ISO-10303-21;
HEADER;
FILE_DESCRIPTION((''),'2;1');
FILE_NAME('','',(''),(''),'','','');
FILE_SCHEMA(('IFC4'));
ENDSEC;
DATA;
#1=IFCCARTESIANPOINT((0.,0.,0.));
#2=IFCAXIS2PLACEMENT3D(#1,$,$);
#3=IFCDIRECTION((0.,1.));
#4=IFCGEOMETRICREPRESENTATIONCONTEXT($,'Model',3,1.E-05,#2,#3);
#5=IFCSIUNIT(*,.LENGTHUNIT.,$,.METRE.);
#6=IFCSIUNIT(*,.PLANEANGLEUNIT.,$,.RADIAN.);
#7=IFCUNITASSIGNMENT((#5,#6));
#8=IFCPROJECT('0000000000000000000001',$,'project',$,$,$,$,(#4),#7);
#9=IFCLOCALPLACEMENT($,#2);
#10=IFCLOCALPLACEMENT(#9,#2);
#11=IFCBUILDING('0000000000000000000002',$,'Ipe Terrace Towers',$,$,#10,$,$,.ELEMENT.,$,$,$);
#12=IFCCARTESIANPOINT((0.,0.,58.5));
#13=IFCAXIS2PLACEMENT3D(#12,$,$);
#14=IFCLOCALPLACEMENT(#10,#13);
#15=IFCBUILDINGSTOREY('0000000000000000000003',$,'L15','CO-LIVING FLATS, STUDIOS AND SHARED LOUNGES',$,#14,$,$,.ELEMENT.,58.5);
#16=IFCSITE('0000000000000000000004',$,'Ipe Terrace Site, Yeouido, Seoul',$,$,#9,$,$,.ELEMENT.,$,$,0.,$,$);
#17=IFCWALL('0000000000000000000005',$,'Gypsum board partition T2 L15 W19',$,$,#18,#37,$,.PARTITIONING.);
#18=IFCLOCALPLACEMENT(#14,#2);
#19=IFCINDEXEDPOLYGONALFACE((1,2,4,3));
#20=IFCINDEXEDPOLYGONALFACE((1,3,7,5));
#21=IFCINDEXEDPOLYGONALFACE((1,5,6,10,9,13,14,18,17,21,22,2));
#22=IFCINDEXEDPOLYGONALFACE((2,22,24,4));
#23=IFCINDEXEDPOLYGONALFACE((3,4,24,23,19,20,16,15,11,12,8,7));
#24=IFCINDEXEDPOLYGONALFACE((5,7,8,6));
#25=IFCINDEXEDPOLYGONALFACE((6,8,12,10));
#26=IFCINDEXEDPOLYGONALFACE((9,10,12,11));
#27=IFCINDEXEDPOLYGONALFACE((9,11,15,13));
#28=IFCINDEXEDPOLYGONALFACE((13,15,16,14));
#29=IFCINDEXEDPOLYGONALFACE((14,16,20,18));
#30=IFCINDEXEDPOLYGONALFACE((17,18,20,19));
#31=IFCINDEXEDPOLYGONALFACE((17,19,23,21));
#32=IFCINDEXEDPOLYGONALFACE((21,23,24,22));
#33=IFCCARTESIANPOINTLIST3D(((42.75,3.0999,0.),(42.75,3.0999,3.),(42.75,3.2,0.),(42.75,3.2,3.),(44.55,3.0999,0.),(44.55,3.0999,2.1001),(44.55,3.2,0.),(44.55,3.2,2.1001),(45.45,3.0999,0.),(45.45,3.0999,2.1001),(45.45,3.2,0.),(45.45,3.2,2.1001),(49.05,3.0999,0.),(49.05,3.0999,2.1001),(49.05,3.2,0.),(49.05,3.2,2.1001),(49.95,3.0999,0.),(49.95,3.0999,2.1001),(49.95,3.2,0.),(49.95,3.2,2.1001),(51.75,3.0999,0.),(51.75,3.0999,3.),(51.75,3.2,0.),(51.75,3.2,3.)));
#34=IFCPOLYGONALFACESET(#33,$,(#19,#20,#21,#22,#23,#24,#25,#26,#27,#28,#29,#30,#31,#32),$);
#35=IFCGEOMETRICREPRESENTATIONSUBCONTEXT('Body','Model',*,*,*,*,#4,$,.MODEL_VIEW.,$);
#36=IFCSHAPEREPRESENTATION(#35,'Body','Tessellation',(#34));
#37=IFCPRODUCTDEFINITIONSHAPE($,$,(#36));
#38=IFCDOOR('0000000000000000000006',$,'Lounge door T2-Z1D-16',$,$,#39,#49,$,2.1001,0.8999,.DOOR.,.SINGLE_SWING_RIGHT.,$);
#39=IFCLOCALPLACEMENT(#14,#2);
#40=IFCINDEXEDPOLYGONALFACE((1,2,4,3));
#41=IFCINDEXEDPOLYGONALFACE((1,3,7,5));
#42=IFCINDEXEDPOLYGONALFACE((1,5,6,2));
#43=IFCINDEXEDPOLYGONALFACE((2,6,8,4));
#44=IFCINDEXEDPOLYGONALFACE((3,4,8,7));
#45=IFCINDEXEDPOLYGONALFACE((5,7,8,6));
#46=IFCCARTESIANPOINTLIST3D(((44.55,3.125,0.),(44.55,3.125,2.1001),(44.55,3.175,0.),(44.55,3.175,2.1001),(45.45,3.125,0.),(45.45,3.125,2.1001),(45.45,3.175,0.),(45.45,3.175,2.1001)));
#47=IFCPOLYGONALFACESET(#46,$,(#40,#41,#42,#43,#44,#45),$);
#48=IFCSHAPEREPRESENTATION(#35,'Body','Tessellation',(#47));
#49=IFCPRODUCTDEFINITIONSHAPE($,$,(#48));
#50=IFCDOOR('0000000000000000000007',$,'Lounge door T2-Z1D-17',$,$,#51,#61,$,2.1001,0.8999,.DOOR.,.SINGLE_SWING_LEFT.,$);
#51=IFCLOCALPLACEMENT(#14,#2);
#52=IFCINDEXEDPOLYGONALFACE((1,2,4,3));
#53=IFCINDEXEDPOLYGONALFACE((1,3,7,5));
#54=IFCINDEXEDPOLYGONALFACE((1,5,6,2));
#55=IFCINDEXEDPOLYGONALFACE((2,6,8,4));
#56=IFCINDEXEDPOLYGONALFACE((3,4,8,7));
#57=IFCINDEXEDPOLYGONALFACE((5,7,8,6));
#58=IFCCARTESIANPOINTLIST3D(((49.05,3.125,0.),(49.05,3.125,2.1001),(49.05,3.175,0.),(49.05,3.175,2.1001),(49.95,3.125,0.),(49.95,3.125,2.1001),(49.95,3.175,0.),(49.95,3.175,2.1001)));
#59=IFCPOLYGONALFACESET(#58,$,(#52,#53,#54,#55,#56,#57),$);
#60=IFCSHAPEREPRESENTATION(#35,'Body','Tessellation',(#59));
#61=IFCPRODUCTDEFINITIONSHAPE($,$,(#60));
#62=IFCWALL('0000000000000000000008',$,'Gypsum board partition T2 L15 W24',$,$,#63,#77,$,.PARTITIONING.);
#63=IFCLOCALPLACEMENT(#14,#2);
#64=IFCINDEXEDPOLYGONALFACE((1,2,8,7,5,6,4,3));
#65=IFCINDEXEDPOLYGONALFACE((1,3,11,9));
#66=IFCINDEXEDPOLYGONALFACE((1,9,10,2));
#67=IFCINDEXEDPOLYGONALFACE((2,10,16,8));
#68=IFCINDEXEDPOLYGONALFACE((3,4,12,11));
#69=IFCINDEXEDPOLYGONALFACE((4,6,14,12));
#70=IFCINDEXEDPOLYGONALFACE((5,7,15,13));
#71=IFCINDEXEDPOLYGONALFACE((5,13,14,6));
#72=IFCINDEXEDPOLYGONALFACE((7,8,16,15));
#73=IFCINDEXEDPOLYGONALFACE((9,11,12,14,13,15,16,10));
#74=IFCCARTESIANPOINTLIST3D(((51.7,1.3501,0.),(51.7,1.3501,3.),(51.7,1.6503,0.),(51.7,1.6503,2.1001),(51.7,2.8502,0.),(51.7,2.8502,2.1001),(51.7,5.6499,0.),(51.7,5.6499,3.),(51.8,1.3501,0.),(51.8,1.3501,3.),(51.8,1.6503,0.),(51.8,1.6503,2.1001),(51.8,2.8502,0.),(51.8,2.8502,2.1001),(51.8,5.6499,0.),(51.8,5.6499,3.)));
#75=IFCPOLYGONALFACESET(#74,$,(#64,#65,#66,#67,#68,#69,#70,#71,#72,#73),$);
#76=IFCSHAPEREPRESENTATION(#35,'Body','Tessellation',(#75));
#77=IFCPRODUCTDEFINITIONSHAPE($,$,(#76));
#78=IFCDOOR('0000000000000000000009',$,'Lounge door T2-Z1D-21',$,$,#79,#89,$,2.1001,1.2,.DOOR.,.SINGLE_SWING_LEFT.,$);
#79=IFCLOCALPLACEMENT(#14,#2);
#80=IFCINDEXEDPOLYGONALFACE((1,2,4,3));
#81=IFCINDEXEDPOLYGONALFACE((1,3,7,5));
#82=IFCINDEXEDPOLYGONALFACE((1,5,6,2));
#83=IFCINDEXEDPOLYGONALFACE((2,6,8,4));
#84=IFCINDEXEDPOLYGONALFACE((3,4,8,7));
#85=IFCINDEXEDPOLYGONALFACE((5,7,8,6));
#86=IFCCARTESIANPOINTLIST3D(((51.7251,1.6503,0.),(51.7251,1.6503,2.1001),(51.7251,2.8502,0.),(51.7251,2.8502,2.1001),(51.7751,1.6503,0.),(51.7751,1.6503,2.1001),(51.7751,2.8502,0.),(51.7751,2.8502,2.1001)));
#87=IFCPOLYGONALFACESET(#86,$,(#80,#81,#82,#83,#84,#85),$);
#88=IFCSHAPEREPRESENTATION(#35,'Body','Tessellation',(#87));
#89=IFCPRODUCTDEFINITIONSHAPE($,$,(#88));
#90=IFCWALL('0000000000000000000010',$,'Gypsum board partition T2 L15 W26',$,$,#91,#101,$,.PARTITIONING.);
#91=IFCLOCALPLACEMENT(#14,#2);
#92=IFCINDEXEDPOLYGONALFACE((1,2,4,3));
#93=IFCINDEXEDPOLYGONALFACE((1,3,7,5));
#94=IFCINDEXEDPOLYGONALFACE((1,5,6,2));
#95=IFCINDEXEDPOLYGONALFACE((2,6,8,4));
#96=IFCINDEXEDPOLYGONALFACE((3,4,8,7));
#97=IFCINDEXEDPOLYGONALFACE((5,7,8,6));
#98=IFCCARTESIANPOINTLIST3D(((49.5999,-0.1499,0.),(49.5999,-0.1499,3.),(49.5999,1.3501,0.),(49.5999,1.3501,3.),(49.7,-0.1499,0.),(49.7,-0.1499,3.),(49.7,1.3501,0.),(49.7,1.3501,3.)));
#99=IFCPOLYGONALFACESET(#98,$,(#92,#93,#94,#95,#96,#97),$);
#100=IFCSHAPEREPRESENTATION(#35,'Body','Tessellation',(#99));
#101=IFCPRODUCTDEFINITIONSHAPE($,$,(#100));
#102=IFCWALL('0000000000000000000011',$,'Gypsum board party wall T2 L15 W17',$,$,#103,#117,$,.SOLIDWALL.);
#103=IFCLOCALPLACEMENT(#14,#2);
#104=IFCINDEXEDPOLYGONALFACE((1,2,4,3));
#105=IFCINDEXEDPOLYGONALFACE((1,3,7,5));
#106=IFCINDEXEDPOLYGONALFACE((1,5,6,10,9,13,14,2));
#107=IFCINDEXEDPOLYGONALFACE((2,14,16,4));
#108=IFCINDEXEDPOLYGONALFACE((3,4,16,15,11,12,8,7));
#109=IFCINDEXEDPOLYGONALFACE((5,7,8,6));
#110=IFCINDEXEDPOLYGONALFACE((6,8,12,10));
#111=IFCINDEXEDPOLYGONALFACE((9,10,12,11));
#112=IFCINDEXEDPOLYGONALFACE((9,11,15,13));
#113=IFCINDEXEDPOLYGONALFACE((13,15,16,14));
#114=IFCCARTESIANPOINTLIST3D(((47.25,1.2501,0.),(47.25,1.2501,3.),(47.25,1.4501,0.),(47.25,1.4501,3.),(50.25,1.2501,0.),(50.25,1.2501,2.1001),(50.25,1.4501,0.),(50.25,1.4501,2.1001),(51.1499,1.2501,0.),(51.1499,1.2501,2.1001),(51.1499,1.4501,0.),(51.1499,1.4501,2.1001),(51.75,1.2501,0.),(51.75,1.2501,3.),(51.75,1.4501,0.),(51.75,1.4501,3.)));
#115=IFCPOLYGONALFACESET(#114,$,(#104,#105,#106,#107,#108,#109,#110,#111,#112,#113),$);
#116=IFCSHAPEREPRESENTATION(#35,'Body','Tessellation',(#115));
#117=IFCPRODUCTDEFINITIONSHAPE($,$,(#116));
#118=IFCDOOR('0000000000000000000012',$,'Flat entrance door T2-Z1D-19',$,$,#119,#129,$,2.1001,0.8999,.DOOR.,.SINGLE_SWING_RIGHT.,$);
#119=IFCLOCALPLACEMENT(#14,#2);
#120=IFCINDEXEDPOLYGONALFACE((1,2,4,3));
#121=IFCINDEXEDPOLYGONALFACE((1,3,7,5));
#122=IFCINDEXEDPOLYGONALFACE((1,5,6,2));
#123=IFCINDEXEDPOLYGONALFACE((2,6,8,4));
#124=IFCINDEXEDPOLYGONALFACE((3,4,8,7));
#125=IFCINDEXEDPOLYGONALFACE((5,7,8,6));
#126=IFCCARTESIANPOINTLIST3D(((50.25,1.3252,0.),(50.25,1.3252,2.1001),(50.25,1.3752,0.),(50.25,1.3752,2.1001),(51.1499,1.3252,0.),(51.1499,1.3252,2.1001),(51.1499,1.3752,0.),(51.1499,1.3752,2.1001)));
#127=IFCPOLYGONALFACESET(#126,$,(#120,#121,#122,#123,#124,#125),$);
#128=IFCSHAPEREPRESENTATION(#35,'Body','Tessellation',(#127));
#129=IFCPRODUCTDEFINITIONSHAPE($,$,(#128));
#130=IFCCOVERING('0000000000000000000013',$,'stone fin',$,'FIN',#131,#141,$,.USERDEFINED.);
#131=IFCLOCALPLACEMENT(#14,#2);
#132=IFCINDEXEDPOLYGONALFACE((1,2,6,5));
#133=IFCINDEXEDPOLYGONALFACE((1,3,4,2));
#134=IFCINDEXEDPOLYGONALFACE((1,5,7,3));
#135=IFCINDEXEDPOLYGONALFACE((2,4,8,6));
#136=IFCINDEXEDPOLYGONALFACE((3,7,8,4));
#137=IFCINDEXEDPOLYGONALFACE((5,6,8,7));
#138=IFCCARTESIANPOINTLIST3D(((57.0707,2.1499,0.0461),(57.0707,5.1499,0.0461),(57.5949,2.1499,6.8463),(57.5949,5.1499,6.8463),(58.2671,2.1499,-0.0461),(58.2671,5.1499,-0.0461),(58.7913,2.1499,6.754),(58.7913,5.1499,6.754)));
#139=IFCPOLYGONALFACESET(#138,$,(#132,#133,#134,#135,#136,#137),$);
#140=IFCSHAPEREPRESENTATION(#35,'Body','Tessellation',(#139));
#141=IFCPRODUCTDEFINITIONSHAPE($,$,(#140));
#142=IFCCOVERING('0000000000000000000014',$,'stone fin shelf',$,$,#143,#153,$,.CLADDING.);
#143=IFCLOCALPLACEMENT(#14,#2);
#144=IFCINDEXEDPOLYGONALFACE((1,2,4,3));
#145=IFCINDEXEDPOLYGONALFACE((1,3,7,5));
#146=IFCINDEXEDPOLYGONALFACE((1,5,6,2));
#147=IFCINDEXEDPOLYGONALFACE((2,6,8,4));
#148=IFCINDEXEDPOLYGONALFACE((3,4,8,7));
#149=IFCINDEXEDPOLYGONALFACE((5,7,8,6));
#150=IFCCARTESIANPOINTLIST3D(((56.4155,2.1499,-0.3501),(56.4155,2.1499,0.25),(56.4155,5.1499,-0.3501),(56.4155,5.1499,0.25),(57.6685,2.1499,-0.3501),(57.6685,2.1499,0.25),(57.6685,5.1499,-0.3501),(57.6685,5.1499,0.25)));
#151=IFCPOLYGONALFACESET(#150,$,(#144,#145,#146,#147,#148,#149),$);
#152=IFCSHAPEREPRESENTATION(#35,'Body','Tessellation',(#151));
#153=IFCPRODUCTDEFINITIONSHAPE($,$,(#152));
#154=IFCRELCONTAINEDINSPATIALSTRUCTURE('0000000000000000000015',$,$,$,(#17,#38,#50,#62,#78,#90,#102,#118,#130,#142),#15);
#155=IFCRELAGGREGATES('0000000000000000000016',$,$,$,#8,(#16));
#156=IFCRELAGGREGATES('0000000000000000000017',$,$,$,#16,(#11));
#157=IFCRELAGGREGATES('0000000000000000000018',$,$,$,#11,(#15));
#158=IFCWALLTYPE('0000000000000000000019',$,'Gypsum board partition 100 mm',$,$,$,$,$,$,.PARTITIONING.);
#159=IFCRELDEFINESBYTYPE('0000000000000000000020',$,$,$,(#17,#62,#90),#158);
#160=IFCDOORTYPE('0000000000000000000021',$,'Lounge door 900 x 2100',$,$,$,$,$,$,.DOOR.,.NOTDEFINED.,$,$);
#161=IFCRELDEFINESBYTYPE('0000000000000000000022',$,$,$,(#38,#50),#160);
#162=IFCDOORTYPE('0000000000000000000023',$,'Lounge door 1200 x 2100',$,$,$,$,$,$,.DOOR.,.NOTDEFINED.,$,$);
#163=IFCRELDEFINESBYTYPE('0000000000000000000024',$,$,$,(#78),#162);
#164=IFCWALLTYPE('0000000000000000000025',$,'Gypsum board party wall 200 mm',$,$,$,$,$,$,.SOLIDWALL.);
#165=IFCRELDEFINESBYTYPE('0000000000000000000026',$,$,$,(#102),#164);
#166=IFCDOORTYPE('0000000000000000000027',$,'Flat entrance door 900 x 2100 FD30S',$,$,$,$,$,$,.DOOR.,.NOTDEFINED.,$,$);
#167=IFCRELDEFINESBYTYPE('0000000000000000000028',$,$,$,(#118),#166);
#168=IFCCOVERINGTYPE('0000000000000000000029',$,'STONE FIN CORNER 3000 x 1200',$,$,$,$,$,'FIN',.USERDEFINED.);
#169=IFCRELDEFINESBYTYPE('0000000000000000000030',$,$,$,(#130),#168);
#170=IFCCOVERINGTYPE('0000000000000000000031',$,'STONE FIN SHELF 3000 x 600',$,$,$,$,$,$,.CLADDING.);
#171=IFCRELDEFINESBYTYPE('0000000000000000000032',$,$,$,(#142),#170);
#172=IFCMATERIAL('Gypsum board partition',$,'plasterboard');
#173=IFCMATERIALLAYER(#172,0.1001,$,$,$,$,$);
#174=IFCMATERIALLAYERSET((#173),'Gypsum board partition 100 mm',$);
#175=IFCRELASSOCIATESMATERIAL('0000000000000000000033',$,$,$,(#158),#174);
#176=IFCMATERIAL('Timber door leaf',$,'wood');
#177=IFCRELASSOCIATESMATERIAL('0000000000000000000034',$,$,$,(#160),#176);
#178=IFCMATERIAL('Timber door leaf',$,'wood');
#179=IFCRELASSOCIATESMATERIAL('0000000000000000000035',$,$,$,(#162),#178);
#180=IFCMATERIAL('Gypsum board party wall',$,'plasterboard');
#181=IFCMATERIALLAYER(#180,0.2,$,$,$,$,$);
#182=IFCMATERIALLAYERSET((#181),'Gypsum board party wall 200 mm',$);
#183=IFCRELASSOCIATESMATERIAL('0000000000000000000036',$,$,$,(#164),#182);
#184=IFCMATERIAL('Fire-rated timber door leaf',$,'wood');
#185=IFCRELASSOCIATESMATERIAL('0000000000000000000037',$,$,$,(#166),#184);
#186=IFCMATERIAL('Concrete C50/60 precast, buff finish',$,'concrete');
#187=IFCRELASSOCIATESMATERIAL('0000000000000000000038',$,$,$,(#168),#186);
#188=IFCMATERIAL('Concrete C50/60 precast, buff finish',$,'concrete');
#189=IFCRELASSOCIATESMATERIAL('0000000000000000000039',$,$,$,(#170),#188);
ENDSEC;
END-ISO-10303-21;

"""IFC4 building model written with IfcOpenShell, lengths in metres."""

from ifc_helpers import new_model, si_unit, direction, frame, frame_2d, origin, origin_2d, place, context, subcontext, project, spatial, rectangle, extrude, material, layer, layer_set, material_profile, profile_set, type_object, element, fill, save


model = new_model("IFC4")

# Units and contexts
model_context = context("Model", 3, precision=1e-05, world=origin(), true_north=direction((0.0, 1.0)))
body_context = subcontext(model_context, "Body", "Model", "MODEL_VIEW")
ifc_project = project(units=[si_unit("LENGTHUNIT", "METRE"), si_unit("PLANEANGLEUNIT", "RADIAN")], contexts=[model_context])

# Site, building, storey
site_placement = place(None, origin())
site = spatial("IfcSite", under=ifc_project, at=site_placement, Name="Ipe Terrace Site, Yeouido, Seoul", CompositionType="ELEMENT", RefElevation=0.0)
building_placement = place(site_placement, origin())
building = spatial("IfcBuilding", under=site, at=building_placement, Name="Ipe Terrace Towers", CompositionType="ELEMENT")
storey_placement = place(building_placement, frame((0.0, 0.0, 58.5)))
storey = spatial("IfcBuildingStorey", under=building, at=storey_placement, Name="L15", Description="CO-LIVING FLATS, STUDIOS AND SHARED LOUNGES", CompositionType="ELEMENT", Elevation=58.5)

# Shared definitions
ifc_material_1 = material(Name="Gypsum board partition", Category="plasterboard")
ifc_layer_1 = layer(ifc_material_1, 0.1001)
ifc_layer_set_1 = layer_set([ifc_layer_1], Name="Gypsum board partition 100 mm")
wall_type_1 = type_object("IfcWallType", Name="Gypsum board partition 100 mm", PredefinedType="PARTITIONING", material=ifc_layer_set_1)

# Wall, openings, doors
wall_1_placement = place(storey_placement, frame((51.75, 3.1499, 0.0), z_axis=(0.0, 0.0, 1.0), x_axis=(-1.0, 0.0, 0.0)))
wall_1 = element("IfcWall", 1, at=wall_1_placement, inside=storey, type_object=wall_type_1, Name="Gypsum board partition T2 L15 W19", PredefinedType="PARTITIONING", context=body_context, shape_type="SweptSolid", body=[
    extrude(rectangle(XDim=9.0, YDim=0.1001, at=frame_2d((4.5, 0.0))), origin(), (0.0, 0.0, 1.0), 3.0),
])
opening_1_placement = place(wall_1_placement, frame((6.3, 0.0, 0.0)))
opening_1 = element("IfcOpeningElement", 2, at=opening_1_placement, cuts=wall_1, PredefinedType="OPENING", context=body_context, shape_type="SweptSolid", body=[
    extrude(rectangle(XDim=0.8999, YDim=2.1001, at=frame_2d((0.45, 1.05))), frame((0.0, 0.0601, 0.0), z_axis=(0.0, -1.0, 0.0), x_axis=(1.0, 0.0, 0.0)), (0.0, 0.0, 1.0), 0.1201),
])
opening_2_placement = place(wall_1_placement, frame((1.8, 0.0, 0.0)))
opening_2 = element("IfcOpeningElement", 3, at=opening_2_placement, cuts=wall_1, PredefinedType="OPENING", context=body_context, shape_type="SweptSolid", body=[
    extrude(rectangle(XDim=0.8999, YDim=2.1001, at=frame_2d((0.45, 1.05))), frame((0.0, 0.0601, 0.0), z_axis=(0.0, -1.0, 0.0), x_axis=(1.0, 0.0, 0.0)), (0.0, 0.0, 1.0), 0.1201),
])
ifc_material_2 = material(Name="Timber door leaf", Category="wood")
door_type_1 = type_object("IfcDoorType", Name="Lounge door 900 x 2100", OperationType="NOTDEFINED", PredefinedType="DOOR", material=ifc_material_2)
door_1_placement = place(opening_1_placement, origin())
door_1 = element("IfcDoor", 4, at=door_1_placement, inside=storey, type_object=door_type_1, Name="Lounge door T2-Z1D-16", OperationType="SINGLE_SWING_RIGHT", OverallHeight=2.1001, OverallWidth=0.8999, PredefinedType="DOOR", context=body_context, shape_type="SweptSolid", body=[
    extrude(rectangle(XDim=0.8999, YDim=2.1001, at=frame_2d((0.45, 1.05))), frame((0.0, 0.0249, 0.0), z_axis=(0.0, -1.0, 0.0), x_axis=(1.0, 0.0, 0.0)), (0.0, 0.0, 1.0), 0.05),
])
fill(opening_1, door_1)
door_2_placement = place(opening_2_placement, origin())
door_2 = element("IfcDoor", 5, at=door_2_placement, inside=storey, type_object=door_type_1, Name="Lounge door T2-Z1D-17", OperationType="SINGLE_SWING_LEFT", OverallHeight=2.1001, OverallWidth=0.8999, PredefinedType="DOOR", context=body_context, shape_type="SweptSolid", body=[
    extrude(rectangle(XDim=0.8999, YDim=2.1001, at=frame_2d((0.45, 1.05))), frame((0.0, 0.0249, 0.0), z_axis=(0.0, -1.0, 0.0), x_axis=(1.0, 0.0, 0.0)), (0.0, 0.0, 1.0), 0.05),
])
fill(opening_2, door_2)

# Wall, opening, door
wall_2_placement = place(storey_placement, frame((51.75, 1.3501, 0.0), z_axis=(0.0, 0.0, 1.0), x_axis=(0.0, 1.0, 0.0)))
wall_2 = element("IfcWall", 6, at=wall_2_placement, inside=storey, type_object=wall_type_1, Name="Gypsum board partition T2 L15 W24", PredefinedType="PARTITIONING", context=body_context, shape_type="SweptSolid", body=[
    extrude(rectangle(XDim=4.2998, YDim=0.1001, at=frame_2d((2.1499, 0.0))), origin(), (0.0, 0.0, 1.0), 3.0),
])
opening_3_placement = place(wall_2_placement, frame((0.3, 0.0, 0.0)))
opening_3 = element("IfcOpeningElement", 7, at=opening_3_placement, cuts=wall_2, PredefinedType="OPENING", context=body_context, shape_type="SweptSolid", body=[
    extrude(rectangle(XDim=1.2, YDim=2.1001, at=frame_2d((0.6001, 1.05))), frame((0.0, 0.0601, 0.0), z_axis=(0.0, -1.0, 0.0), x_axis=(1.0, 0.0, 0.0)), (0.0, 0.0, 1.0), 0.1201),
])
ifc_material_3 = material(Name="Timber door leaf", Category="wood")
door_type_2 = type_object("IfcDoorType", Name="Lounge door 1200 x 2100", OperationType="NOTDEFINED", PredefinedType="DOOR", material=ifc_material_3)
door_3_placement = place(opening_3_placement, origin())
door_3 = element("IfcDoor", 8, at=door_3_placement, inside=storey, type_object=door_type_2, Name="Lounge door T2-Z1D-21", OperationType="SINGLE_SWING_LEFT", OverallHeight=2.1001, OverallWidth=1.2, PredefinedType="DOOR", context=body_context, shape_type="SweptSolid", body=[
    extrude(rectangle(XDim=1.2, YDim=2.1001, at=frame_2d((0.6001, 1.05))), frame((0.0, 0.0249, 0.0), z_axis=(0.0, -1.0, 0.0), x_axis=(1.0, 0.0, 0.0)), (0.0, 0.0, 1.0), 0.05),
])
fill(opening_3, door_3)

# Wall
wall_3_placement = place(storey_placement, frame((49.6499, -0.1499, 0.0), z_axis=(0.0, 0.0, 1.0), x_axis=(0.0, 1.0, 0.0)))
element("IfcWall", 9, at=wall_3_placement, inside=storey, type_object=wall_type_1, Name="Gypsum board partition T2 L15 W26", PredefinedType="PARTITIONING", context=body_context, shape_type="SweptSolid", body=[
    extrude(rectangle(XDim=1.5, YDim=0.1001, at=frame_2d((0.75, 0.0))), origin(), (0.0, 0.0, 1.0), 3.0),
])

# Wall, opening, door
ifc_material_4 = material(Name="Gypsum board party wall", Category="plasterboard")
ifc_layer_2 = layer(ifc_material_4, 0.2)
ifc_layer_set_2 = layer_set([ifc_layer_2], Name="Gypsum board party wall 200 mm")
wall_type_2 = type_object("IfcWallType", Name="Gypsum board party wall 200 mm", PredefinedType="SOLIDWALL", material=ifc_layer_set_2)
wall_4_placement = place(storey_placement, frame((51.75, 1.3501, 0.0), z_axis=(0.0, 0.0, 1.0), x_axis=(-1.0, 0.0, 0.0)))
wall_4 = element("IfcWall", 10, at=wall_4_placement, inside=storey, type_object=wall_type_2, Name="Gypsum board party wall T2 L15 W17", PredefinedType="SOLIDWALL", context=body_context, shape_type="SweptSolid", body=[
    extrude(rectangle(XDim=4.5, YDim=0.2, at=frame_2d((2.25, 0.0))), origin(), (0.0, 0.0, 1.0), 3.0),
])
opening_4_placement = place(wall_4_placement, frame((0.6001, 0.0, 0.0)))
opening_4 = element("IfcOpeningElement", 11, at=opening_4_placement, cuts=wall_4, PredefinedType="OPENING", context=body_context, shape_type="SweptSolid", body=[
    extrude(rectangle(XDim=0.8999, YDim=2.1001, at=frame_2d((0.45, 1.05))), frame((0.0, 0.1099, 0.0), z_axis=(0.0, -1.0, 0.0), x_axis=(1.0, 0.0, 0.0)), (0.0, 0.0, 1.0), 0.22),
])
ifc_material_5 = material(Name="Fire-rated timber door leaf", Category="wood")
door_type_3 = type_object("IfcDoorType", Name="Flat entrance door 900 x 2100 FD30S", OperationType="NOTDEFINED", PredefinedType="DOOR", material=ifc_material_5)
door_4_placement = place(opening_4_placement, origin())
door_4 = element("IfcDoor", 12, at=door_4_placement, inside=storey, type_object=door_type_3, Name="Flat entrance door T2-Z1D-19", OperationType="SINGLE_SWING_RIGHT", OverallHeight=2.1001, OverallWidth=0.8999, PredefinedType="DOOR", context=body_context, shape_type="SweptSolid", body=[
    extrude(rectangle(XDim=0.8999, YDim=2.1001, at=frame_2d((0.45, 1.05))), frame((0.0, 0.0249, 0.0), z_axis=(0.0, -1.0, 0.0), x_axis=(1.0, 0.0, 0.0)), (0.0, 0.0, 1.0), 0.05),
])
fill(opening_4, door_4)

# Coverings
ifc_material_6 = material(Name="Concrete C50/60 precast, buff finish", Category="concrete")
ifc_material_profile_1 = material_profile(ifc_material_6, rectangle(XDim=3.0, YDim=1.2, at=origin_2d()), Name="STONE FIN CORNER 3000 x 1200")
ifc_profile_set_1 = profile_set([ifc_material_profile_1], Name="Concrete C50/60 precast, buff finish")
covering_type_1 = type_object("IfcCoveringType", Name="STONE FIN CORNER 3000 x 1200", ElementType="FIN", PredefinedType="USERDEFINED", material=ifc_profile_set_1)
covering_1_placement = place(storey_placement, frame((57.6689, 3.6499, 0.0), z_axis=(0.076855, 0.0, 0.997042), x_axis=(0.0, 1.0, 0.0)))
element("IfcCovering", 13, at=covering_1_placement, inside=storey, type_object=covering_type_1, Name="stone fin", ObjectType="FIN", PredefinedType="USERDEFINED", context=body_context, shape_type="SweptSolid", body=[
    extrude(rectangle(XDim=3.0, YDim=1.2, at=origin_2d()), origin(), (0.0, 0.0, 1.0), 6.8203),
])
ifc_material_7 = material(Name="Concrete C50/60 precast, buff finish", Category="concrete")
covering_type_2 = type_object("IfcCoveringType", Name="STONE FIN SHELF 3000 x 600", PredefinedType="CLADDING", material=ifc_material_7)
covering_2_placement = place(storey_placement, frame((57.042, 3.6499, -0.3501), z_axis=(0.0, 0.0, 1.0), x_axis=(0.0, 1.0, 0.0)))
element("IfcCovering", 14, at=covering_2_placement, inside=storey, type_object=covering_type_2, Name="stone fin shelf", PredefinedType="CLADDING", context=body_context, shape_type="SweptSolid", body=[
    extrude(rectangle(XDim=3.0, YDim=1.2529, at=origin_2d()), origin(), (0.0, 0.0, 1.0), 0.6001),
])

save(model, "model.ifc")
